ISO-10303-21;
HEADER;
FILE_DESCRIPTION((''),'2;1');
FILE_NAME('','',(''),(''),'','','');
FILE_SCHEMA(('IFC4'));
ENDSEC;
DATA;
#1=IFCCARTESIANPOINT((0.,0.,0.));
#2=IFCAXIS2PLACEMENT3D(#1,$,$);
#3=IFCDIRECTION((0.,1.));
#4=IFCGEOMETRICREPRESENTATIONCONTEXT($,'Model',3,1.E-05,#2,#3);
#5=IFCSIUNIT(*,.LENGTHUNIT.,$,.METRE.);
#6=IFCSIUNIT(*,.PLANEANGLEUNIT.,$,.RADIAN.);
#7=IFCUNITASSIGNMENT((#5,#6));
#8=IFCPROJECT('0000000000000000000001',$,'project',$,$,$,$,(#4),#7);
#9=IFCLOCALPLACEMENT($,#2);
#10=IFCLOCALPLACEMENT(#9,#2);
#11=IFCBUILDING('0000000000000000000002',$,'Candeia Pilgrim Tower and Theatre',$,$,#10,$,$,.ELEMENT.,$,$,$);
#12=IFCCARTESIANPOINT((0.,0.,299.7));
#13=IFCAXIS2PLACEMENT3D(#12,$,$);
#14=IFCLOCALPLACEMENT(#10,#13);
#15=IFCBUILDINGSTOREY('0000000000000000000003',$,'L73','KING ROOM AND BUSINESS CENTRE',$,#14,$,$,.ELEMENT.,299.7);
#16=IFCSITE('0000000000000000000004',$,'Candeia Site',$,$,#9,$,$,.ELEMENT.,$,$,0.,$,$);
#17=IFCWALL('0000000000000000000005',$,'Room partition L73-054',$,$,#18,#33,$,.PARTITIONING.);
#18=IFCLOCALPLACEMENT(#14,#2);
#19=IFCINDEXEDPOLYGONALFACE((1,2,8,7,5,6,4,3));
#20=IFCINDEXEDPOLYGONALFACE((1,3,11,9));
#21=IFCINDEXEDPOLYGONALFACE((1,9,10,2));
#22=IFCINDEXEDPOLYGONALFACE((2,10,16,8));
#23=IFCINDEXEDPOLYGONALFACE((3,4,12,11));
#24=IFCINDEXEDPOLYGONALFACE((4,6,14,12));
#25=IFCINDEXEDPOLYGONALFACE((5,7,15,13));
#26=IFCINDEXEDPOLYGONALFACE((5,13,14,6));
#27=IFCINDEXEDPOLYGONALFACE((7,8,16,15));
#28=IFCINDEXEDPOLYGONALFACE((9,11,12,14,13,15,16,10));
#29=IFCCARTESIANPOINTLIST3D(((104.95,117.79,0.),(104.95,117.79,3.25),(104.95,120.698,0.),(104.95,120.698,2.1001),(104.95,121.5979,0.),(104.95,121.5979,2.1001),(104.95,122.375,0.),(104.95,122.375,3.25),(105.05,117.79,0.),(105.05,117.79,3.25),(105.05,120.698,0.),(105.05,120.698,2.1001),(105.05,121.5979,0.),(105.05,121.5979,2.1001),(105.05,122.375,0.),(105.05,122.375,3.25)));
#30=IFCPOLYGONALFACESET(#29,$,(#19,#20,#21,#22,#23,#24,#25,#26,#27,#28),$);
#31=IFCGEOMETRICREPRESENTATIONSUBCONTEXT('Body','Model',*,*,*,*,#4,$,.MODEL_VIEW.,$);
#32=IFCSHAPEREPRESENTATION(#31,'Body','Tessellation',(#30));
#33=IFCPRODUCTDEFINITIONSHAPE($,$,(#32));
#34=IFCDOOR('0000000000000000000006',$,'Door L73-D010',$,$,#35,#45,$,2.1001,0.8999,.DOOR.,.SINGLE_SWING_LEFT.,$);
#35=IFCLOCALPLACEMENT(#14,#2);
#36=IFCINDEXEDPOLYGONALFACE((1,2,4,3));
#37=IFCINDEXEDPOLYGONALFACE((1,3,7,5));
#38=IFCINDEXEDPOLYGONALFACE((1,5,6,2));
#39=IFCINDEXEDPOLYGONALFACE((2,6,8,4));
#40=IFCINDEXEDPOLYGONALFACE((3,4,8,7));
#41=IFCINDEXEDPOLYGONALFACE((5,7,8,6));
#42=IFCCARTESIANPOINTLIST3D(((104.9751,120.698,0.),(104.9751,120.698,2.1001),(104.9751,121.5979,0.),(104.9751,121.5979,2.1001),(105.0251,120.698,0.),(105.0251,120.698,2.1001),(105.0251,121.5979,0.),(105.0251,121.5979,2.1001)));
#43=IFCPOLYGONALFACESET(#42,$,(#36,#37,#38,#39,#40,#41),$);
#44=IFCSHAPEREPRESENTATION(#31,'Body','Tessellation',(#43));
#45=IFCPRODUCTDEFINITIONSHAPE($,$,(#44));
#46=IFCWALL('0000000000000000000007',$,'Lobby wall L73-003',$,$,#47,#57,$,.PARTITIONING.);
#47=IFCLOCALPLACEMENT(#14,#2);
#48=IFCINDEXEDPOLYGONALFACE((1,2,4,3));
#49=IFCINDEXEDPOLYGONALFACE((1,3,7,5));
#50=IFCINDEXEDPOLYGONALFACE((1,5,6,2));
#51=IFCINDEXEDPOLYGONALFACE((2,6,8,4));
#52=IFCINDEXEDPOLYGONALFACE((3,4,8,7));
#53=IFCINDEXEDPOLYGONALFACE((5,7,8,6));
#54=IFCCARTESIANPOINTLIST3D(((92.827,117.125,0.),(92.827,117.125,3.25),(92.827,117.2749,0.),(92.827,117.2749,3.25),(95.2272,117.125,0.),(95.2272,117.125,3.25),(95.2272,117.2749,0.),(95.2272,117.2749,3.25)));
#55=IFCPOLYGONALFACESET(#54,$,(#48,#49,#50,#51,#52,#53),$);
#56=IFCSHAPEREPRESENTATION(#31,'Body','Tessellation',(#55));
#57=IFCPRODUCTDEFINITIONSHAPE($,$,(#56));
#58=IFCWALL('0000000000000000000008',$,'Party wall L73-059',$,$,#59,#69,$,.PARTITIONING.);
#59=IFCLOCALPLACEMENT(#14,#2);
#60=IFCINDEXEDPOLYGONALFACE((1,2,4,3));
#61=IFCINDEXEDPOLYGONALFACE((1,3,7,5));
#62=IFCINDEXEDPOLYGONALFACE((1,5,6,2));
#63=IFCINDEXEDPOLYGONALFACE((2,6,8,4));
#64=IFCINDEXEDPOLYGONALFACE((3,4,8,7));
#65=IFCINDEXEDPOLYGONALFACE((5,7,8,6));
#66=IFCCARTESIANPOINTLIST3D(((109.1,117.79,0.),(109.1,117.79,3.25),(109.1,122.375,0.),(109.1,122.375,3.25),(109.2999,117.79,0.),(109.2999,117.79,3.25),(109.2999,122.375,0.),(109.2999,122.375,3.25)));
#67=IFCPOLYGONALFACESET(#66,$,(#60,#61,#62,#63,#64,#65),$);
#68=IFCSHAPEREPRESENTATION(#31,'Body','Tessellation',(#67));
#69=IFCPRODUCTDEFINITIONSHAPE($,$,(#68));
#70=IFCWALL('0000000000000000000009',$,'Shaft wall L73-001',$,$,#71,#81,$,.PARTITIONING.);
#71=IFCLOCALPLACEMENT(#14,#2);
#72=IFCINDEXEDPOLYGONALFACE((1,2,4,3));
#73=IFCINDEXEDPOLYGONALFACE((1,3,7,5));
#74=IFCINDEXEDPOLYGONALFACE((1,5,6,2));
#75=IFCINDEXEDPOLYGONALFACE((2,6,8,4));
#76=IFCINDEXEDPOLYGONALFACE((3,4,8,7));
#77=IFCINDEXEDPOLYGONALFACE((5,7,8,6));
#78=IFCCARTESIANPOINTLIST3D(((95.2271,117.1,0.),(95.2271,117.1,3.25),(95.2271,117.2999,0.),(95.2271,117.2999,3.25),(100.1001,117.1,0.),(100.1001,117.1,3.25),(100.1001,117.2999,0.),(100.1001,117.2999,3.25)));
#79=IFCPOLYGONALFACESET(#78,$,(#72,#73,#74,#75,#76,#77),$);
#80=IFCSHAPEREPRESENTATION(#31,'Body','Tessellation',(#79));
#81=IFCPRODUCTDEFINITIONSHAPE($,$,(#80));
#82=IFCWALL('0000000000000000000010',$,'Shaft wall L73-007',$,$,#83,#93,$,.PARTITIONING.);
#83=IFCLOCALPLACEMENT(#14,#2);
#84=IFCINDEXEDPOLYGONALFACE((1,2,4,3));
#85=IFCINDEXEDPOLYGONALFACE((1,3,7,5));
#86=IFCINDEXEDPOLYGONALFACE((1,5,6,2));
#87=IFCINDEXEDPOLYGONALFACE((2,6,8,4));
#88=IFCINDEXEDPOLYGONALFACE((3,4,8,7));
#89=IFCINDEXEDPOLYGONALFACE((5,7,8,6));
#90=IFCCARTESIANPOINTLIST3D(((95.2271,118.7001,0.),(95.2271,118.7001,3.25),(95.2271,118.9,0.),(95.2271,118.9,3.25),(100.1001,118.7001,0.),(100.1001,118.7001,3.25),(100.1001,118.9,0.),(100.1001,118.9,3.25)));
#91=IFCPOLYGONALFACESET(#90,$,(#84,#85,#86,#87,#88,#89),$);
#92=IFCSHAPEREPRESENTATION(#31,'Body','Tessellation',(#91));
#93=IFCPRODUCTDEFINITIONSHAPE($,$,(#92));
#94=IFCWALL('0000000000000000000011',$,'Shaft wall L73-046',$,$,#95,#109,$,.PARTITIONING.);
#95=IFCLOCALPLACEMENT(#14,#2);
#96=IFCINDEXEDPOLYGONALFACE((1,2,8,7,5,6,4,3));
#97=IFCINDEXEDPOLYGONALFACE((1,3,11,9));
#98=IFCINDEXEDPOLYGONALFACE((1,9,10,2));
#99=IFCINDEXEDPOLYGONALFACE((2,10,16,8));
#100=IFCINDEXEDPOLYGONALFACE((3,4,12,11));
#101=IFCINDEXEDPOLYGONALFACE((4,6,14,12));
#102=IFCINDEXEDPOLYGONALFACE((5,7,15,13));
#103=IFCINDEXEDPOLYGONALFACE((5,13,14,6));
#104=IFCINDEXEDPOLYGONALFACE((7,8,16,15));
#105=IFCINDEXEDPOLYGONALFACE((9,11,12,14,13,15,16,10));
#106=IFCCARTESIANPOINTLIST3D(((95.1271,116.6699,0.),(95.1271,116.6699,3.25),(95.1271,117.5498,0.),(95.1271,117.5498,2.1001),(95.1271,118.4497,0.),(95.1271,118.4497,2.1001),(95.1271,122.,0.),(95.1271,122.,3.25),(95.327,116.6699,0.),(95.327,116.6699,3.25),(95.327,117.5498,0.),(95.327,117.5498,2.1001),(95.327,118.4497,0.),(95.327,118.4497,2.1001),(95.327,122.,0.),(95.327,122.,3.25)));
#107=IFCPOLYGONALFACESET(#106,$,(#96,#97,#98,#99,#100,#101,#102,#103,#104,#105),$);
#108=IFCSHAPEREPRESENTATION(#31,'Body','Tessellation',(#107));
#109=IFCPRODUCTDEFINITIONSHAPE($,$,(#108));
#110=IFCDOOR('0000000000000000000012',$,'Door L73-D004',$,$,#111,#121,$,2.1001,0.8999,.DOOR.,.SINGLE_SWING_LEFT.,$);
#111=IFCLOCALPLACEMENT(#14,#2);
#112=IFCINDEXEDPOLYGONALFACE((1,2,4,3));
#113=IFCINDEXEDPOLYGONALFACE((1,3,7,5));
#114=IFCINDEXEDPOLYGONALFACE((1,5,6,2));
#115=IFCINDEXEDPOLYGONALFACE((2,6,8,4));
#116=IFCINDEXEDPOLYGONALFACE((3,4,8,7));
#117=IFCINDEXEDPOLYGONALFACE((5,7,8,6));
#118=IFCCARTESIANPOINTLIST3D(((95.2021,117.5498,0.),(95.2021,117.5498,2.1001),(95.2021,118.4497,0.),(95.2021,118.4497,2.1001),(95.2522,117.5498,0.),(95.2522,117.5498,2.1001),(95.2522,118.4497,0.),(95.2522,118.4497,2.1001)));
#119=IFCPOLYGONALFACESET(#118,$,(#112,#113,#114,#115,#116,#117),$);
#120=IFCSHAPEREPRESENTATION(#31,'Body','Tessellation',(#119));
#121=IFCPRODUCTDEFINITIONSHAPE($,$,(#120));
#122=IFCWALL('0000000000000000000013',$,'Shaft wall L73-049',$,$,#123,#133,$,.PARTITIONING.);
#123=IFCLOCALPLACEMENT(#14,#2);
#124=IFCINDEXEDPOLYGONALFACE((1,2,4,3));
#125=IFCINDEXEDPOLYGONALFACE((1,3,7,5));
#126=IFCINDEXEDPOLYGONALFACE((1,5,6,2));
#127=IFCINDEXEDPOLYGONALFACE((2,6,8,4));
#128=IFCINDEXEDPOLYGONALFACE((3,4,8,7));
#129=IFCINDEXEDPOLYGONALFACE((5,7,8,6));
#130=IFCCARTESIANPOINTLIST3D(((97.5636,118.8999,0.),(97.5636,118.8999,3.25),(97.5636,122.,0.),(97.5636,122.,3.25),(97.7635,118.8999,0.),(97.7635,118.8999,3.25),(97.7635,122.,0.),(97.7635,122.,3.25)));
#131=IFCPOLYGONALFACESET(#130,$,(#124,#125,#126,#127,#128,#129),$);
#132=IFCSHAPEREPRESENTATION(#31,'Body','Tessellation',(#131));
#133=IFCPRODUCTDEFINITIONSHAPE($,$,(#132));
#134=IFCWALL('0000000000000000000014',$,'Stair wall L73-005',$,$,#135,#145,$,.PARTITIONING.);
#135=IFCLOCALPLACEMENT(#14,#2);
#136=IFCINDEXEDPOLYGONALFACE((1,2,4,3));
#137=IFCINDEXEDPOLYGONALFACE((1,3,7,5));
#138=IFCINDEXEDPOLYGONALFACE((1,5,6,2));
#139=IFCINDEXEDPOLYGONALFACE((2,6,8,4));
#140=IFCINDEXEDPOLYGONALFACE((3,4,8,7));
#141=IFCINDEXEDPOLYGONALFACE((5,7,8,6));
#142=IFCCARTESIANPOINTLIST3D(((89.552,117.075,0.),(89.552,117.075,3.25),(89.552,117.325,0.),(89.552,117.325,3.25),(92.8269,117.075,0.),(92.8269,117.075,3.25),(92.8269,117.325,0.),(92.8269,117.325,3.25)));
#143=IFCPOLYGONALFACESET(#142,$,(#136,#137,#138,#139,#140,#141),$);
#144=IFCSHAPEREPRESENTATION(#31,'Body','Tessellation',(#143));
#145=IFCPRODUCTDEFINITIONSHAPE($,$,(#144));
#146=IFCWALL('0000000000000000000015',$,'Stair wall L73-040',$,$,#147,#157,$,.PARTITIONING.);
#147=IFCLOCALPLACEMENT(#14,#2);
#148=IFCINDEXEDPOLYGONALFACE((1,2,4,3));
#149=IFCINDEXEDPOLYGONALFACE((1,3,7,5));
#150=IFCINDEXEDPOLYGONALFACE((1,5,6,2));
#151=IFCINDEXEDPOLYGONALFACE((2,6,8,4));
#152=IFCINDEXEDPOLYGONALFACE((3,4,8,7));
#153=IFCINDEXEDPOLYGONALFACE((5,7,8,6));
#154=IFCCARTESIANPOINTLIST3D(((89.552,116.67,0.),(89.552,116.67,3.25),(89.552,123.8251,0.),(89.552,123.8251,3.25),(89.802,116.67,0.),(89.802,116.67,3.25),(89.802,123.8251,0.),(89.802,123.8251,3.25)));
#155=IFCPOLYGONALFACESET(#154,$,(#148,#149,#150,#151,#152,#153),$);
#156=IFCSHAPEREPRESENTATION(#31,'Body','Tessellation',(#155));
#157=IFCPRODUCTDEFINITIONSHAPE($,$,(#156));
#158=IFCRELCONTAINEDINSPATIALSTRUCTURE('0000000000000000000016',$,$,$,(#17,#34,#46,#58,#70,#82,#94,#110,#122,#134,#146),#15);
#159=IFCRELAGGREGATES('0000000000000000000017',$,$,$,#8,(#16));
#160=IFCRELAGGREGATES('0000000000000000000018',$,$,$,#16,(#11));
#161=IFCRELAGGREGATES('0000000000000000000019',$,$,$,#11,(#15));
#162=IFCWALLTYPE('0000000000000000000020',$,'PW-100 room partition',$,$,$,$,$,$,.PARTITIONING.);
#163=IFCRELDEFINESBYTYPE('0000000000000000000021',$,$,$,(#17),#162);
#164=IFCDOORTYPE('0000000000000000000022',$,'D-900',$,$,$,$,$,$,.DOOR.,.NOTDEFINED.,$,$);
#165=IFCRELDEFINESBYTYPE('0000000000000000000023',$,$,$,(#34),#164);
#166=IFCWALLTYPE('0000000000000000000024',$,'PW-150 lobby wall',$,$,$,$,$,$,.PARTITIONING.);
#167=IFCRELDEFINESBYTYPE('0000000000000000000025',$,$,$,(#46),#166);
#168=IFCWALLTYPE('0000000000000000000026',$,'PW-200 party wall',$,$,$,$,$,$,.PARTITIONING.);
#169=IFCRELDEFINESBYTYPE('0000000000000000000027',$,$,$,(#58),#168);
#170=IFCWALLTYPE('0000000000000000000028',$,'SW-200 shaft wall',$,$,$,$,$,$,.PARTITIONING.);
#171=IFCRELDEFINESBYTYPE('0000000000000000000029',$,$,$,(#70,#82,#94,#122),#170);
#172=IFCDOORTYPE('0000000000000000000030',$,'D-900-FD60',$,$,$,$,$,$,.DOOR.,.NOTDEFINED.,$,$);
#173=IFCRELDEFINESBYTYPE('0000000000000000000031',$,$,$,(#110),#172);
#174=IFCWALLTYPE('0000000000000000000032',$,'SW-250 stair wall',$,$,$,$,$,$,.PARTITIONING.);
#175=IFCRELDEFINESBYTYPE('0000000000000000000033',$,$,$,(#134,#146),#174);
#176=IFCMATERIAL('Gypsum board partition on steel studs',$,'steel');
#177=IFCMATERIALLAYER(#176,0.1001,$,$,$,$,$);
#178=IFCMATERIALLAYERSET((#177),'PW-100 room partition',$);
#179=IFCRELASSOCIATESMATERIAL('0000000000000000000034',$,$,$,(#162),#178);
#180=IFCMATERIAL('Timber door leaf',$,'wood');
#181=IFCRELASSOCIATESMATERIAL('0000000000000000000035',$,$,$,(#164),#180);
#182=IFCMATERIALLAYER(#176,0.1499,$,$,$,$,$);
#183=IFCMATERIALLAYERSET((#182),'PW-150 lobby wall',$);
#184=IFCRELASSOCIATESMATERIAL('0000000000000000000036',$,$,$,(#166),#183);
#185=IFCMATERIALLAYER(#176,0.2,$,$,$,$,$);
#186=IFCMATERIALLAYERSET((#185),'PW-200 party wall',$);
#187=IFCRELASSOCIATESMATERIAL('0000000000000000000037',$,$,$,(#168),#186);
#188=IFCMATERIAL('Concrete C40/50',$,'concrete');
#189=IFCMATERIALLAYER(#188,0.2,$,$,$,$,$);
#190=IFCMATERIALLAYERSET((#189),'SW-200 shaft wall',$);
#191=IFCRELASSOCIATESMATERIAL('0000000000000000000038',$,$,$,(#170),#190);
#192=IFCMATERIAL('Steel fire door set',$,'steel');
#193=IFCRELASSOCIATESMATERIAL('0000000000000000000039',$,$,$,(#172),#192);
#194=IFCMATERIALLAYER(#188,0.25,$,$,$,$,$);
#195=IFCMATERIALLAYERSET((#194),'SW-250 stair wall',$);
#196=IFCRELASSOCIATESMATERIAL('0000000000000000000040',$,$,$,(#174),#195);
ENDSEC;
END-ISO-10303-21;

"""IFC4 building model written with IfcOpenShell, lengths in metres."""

from ifc_helpers import new_model, si_unit, direction, frame, frame_2d, origin, place, context, subcontext, project, spatial, rectangle, extrude, material, layer, layer_set, type_object, element, fill, save


model = new_model("IFC4")

# Units and contexts
model_context = context("Model", 3, precision=1e-05, world=origin(), true_north=direction((0.0, 1.0)))
body_context = subcontext(model_context, "Body", "Model", "MODEL_VIEW")
ifc_project = project(units=[si_unit("LENGTHUNIT", "METRE"), si_unit("PLANEANGLEUNIT", "RADIAN")], contexts=[model_context])

# Site, building, storey
site_placement = place(None, origin())
site = spatial("IfcSite", under=ifc_project, at=site_placement, Name="Candeia Site", CompositionType="ELEMENT", RefElevation=0.0)
building_placement = place(site_placement, origin())
building = spatial("IfcBuilding", under=site, at=building_placement, Name="Candeia Pilgrim Tower and Theatre", CompositionType="ELEMENT")
storey_placement = place(building_placement, frame((0.0, 0.0, 299.7)))
storey = spatial("IfcBuildingStorey", under=building, at=storey_placement, Name="L73", Description="KING ROOM AND BUSINESS CENTRE", CompositionType="ELEMENT", Elevation=299.7)

# Shared definitions
ifc_material_1 = material(Name="Concrete C40/50", Category="concrete")

# Wall, opening, door
ifc_material_2 = material(Name="Gypsum board partition on steel studs", Category="steel")
ifc_layer_1 = layer(ifc_material_2, 0.1001)
ifc_layer_set_1 = layer_set([ifc_layer_1], Name="PW-100 room partition")
wall_type_1 = type_object("IfcWallType", Name="PW-100 room partition", PredefinedType="PARTITIONING", material=ifc_layer_set_1)
wall_1_placement = place(storey_placement, frame((105.0, 117.79, 0.0), z_axis=(0.0, 0.0, 1.0), x_axis=(0.0, 1.0, 0.0)))
wall_1 = element("IfcWall", 1, at=wall_1_placement, inside=storey, type_object=wall_type_1, Name="Room partition L73-054", PredefinedType="PARTITIONING", context=body_context, shape_type="SweptSolid", body=[
    extrude(rectangle(XDim=4.585, YDim=0.1001, at=frame_2d((2.2925, 0.0))), origin(), (0.0, 0.0, 1.0), 3.25),
])
opening_1_placement = place(wall_1_placement, frame((2.908, 0.0, 0.0)))
opening_1 = element("IfcOpeningElement", 2, at=opening_1_placement, cuts=wall_1, PredefinedType="OPENING", context=body_context, shape_type="SweptSolid", body=[
    extrude(rectangle(XDim=0.8999, YDim=2.1001, at=frame_2d((0.45, 1.05))), frame((0.0, 0.0601, 0.0), z_axis=(0.0, -1.0, 0.0), x_axis=(1.0, 0.0, 0.0)), (0.0, 0.0, 1.0), 0.1201),
])
ifc_material_3 = material(Name="Timber door leaf", Category="wood")
door_type_1 = type_object("IfcDoorType", Name="D-900", OperationType="NOTDEFINED", PredefinedType="DOOR", material=ifc_material_3)
door_1_placement = place(opening_1_placement, origin())
door_1 = element("IfcDoor", 3, at=door_1_placement, inside=storey, type_object=door_type_1, Name="Door L73-D010", OperationType="SINGLE_SWING_LEFT", OverallHeight=2.1001, OverallWidth=0.8999, PredefinedType="DOOR", context=body_context, shape_type="SweptSolid", body=[
    extrude(rectangle(XDim=0.8999, YDim=2.1001, at=frame_2d((0.45, 1.05))), frame((0.0, 0.0249, 0.0), z_axis=(0.0, -1.0, 0.0), x_axis=(1.0, 0.0, 0.0)), (0.0, 0.0, 1.0), 0.05),
])
fill(opening_1, door_1)

# Walls
ifc_layer_2 = layer(ifc_material_2, 0.1499)
ifc_layer_set_2 = layer_set([ifc_layer_2], Name="PW-150 lobby wall")
wall_type_2 = type_object("IfcWallType", Name="PW-150 lobby wall", PredefinedType="PARTITIONING", material=ifc_layer_set_2)
wall_2_placement = place(storey_placement, frame((92.8269, 117.2, 0.0), z_axis=(0.0, 0.0, 1.0), x_axis=(1.0, 0.0, 0.0)))
element("IfcWall", 4, at=wall_2_placement, inside=storey, type_object=wall_type_2, Name="Lobby wall L73-003", PredefinedType="PARTITIONING", context=body_context, shape_type="SweptSolid", body=[
    extrude(rectangle(XDim=2.4001, YDim=0.1499, at=frame_2d((1.2002, 0.0))), origin(), (0.0, 0.0, 1.0), 3.25),
])
ifc_layer_3 = layer(ifc_material_2, 0.2)
ifc_layer_set_3 = layer_set([ifc_layer_3], Name="PW-200 party wall")
wall_type_3 = type_object("IfcWallType", Name="PW-200 party wall", PredefinedType="PARTITIONING", material=ifc_layer_set_3)
wall_3_placement = place(storey_placement, frame((109.2, 117.79, 0.0), z_axis=(0.0, 0.0, 1.0), x_axis=(0.0, 1.0, 0.0)))
element("IfcWall", 5, at=wall_3_placement, inside=storey, type_object=wall_type_3, Name="Party wall L73-059", PredefinedType="PARTITIONING", context=body_context, shape_type="SweptSolid", body=[
    extrude(rectangle(XDim=4.585, YDim=0.2, at=frame_2d((2.2925, 0.0))), origin(), (0.0, 0.0, 1.0), 3.25),
])
ifc_layer_4 = layer(ifc_material_1, 0.2)
ifc_layer_set_4 = layer_set([ifc_layer_4], Name="SW-200 shaft wall")
wall_type_4 = type_object("IfcWallType", Name="SW-200 shaft wall", PredefinedType="PARTITIONING", material=ifc_layer_set_4)
for number, where, z_axis, x_axis, name in (
    (6, (95.2271, 117.2, 0.0), (0.0, 0.0, 1.0), (1.0, 0.0, 0.0), "Shaft wall L73-001"),
    (7, (95.2271, 118.8, 0.0), (0.0, 0.0, 1.0), (1.0, 0.0, 0.0), "Shaft wall L73-007"),
):
    element("IfcWall", number, at=place(storey_placement, frame(where, z_axis=z_axis, x_axis=x_axis)), inside=storey, type_object=wall_type_4, Name=name, PredefinedType="PARTITIONING", context=body_context, shape_type="SweptSolid", body=[
        extrude(rectangle(XDim=4.873, YDim=0.2, at=frame_2d((2.4365, 0.0))), origin(), (0.0, 0.0, 1.0), 3.25),
    ])

# Wall, opening, door
wall_4_placement = place(storey_placement, frame((95.2271, 116.6699, 0.0), z_axis=(0.0, 0.0, 1.0), x_axis=(0.0, 1.0, 0.0)))
wall_4 = element("IfcWall", 8, at=wall_4_placement, inside=storey, type_object=wall_type_4, Name="Shaft wall L73-046", PredefinedType="PARTITIONING", context=body_context, shape_type="SweptSolid", body=[
    extrude(rectangle(XDim=5.3301, YDim=0.2, at=frame_2d((2.665, 0.0))), origin(), (0.0, 0.0, 1.0), 3.25),
])
opening_2_placement = place(wall_4_placement, frame((0.8799, 0.0, 0.0)))
opening_2 = element("IfcOpeningElement", 9, at=opening_2_placement, cuts=wall_4, PredefinedType="OPENING", context=body_context, shape_type="SweptSolid", body=[
    extrude(rectangle(XDim=0.8999, YDim=2.1001, at=frame_2d((0.45, 1.05))), frame((0.0, 0.1099, 0.0), z_axis=(0.0, -1.0, 0.0), x_axis=(1.0, 0.0, 0.0)), (0.0, 0.0, 1.0), 0.22),
])
ifc_material_4 = material(Name="Steel fire door set", Category="steel")
door_type_2 = type_object("IfcDoorType", Name="D-900-FD60", OperationType="NOTDEFINED", PredefinedType="DOOR", material=ifc_material_4)
door_2_placement = place(opening_2_placement, origin())
door_2 = element("IfcDoor", 10, at=door_2_placement, inside=storey, type_object=door_type_2, Name="Door L73-D004", OperationType="SINGLE_SWING_LEFT", OverallHeight=2.1001, OverallWidth=0.8999, PredefinedType="DOOR", context=body_context, shape_type="SweptSolid", body=[
    extrude(rectangle(XDim=0.8999, YDim=2.1001, at=frame_2d((0.45, 1.05))), frame((0.0, 0.0249, 0.0), z_axis=(0.0, -1.0, 0.0), x_axis=(1.0, 0.0, 0.0)), (0.0, 0.0, 1.0), 0.05),
])
fill(opening_2, door_2)

# Walls
wall_5_placement = place(storey_placement, frame((97.6636, 118.8999, 0.0), z_axis=(0.0, 0.0, 1.0), x_axis=(0.0, 1.0, 0.0)))
element("IfcWall", 11, at=wall_5_placement, inside=storey, type_object=wall_type_4, Name="Shaft wall L73-049", PredefinedType="PARTITIONING", context=body_context, shape_type="SweptSolid", body=[
    extrude(rectangle(XDim=3.1001, YDim=0.2, at=frame_2d((1.55, 0.0))), origin(), (0.0, 0.0, 1.0), 3.25),
])
ifc_layer_5 = layer(ifc_material_1, 0.25)
ifc_layer_set_5 = layer_set([ifc_layer_5], Name="SW-250 stair wall")
wall_type_5 = type_object("IfcWallType", Name="SW-250 stair wall", PredefinedType="PARTITIONING", material=ifc_layer_set_5)
wall_6_placement = place(storey_placement, frame((89.552, 117.2, 0.0), z_axis=(0.0, 0.0, 1.0), x_axis=(1.0, 0.0, 0.0)))
element("IfcWall", 12, at=wall_6_placement, inside=storey, type_object=wall_type_5, Name="Stair wall L73-005", PredefinedType="PARTITIONING", context=body_context, shape_type="SweptSolid", body=[
    extrude(rectangle(XDim=3.2749, YDim=0.25, at=frame_2d((1.6375, 0.0))), origin(), (0.0, 0.0, 1.0), 3.25),
])
wall_7_placement = place(storey_placement, frame((89.677, 116.6699, 0.0), z_axis=(0.0, 0.0, 1.0), x_axis=(0.0, 1.0, 0.0)))
element("IfcWall", 13, at=wall_7_placement, inside=storey, type_object=wall_type_5, Name="Stair wall L73-040", PredefinedType="PARTITIONING", context=body_context, shape_type="SweptSolid", body=[
    extrude(rectangle(XDim=7.155, YDim=0.25, at=frame_2d((3.5776, 0.0))), origin(), (0.0, 0.0, 1.0), 3.25),
])

save(model, "model.ifc")
